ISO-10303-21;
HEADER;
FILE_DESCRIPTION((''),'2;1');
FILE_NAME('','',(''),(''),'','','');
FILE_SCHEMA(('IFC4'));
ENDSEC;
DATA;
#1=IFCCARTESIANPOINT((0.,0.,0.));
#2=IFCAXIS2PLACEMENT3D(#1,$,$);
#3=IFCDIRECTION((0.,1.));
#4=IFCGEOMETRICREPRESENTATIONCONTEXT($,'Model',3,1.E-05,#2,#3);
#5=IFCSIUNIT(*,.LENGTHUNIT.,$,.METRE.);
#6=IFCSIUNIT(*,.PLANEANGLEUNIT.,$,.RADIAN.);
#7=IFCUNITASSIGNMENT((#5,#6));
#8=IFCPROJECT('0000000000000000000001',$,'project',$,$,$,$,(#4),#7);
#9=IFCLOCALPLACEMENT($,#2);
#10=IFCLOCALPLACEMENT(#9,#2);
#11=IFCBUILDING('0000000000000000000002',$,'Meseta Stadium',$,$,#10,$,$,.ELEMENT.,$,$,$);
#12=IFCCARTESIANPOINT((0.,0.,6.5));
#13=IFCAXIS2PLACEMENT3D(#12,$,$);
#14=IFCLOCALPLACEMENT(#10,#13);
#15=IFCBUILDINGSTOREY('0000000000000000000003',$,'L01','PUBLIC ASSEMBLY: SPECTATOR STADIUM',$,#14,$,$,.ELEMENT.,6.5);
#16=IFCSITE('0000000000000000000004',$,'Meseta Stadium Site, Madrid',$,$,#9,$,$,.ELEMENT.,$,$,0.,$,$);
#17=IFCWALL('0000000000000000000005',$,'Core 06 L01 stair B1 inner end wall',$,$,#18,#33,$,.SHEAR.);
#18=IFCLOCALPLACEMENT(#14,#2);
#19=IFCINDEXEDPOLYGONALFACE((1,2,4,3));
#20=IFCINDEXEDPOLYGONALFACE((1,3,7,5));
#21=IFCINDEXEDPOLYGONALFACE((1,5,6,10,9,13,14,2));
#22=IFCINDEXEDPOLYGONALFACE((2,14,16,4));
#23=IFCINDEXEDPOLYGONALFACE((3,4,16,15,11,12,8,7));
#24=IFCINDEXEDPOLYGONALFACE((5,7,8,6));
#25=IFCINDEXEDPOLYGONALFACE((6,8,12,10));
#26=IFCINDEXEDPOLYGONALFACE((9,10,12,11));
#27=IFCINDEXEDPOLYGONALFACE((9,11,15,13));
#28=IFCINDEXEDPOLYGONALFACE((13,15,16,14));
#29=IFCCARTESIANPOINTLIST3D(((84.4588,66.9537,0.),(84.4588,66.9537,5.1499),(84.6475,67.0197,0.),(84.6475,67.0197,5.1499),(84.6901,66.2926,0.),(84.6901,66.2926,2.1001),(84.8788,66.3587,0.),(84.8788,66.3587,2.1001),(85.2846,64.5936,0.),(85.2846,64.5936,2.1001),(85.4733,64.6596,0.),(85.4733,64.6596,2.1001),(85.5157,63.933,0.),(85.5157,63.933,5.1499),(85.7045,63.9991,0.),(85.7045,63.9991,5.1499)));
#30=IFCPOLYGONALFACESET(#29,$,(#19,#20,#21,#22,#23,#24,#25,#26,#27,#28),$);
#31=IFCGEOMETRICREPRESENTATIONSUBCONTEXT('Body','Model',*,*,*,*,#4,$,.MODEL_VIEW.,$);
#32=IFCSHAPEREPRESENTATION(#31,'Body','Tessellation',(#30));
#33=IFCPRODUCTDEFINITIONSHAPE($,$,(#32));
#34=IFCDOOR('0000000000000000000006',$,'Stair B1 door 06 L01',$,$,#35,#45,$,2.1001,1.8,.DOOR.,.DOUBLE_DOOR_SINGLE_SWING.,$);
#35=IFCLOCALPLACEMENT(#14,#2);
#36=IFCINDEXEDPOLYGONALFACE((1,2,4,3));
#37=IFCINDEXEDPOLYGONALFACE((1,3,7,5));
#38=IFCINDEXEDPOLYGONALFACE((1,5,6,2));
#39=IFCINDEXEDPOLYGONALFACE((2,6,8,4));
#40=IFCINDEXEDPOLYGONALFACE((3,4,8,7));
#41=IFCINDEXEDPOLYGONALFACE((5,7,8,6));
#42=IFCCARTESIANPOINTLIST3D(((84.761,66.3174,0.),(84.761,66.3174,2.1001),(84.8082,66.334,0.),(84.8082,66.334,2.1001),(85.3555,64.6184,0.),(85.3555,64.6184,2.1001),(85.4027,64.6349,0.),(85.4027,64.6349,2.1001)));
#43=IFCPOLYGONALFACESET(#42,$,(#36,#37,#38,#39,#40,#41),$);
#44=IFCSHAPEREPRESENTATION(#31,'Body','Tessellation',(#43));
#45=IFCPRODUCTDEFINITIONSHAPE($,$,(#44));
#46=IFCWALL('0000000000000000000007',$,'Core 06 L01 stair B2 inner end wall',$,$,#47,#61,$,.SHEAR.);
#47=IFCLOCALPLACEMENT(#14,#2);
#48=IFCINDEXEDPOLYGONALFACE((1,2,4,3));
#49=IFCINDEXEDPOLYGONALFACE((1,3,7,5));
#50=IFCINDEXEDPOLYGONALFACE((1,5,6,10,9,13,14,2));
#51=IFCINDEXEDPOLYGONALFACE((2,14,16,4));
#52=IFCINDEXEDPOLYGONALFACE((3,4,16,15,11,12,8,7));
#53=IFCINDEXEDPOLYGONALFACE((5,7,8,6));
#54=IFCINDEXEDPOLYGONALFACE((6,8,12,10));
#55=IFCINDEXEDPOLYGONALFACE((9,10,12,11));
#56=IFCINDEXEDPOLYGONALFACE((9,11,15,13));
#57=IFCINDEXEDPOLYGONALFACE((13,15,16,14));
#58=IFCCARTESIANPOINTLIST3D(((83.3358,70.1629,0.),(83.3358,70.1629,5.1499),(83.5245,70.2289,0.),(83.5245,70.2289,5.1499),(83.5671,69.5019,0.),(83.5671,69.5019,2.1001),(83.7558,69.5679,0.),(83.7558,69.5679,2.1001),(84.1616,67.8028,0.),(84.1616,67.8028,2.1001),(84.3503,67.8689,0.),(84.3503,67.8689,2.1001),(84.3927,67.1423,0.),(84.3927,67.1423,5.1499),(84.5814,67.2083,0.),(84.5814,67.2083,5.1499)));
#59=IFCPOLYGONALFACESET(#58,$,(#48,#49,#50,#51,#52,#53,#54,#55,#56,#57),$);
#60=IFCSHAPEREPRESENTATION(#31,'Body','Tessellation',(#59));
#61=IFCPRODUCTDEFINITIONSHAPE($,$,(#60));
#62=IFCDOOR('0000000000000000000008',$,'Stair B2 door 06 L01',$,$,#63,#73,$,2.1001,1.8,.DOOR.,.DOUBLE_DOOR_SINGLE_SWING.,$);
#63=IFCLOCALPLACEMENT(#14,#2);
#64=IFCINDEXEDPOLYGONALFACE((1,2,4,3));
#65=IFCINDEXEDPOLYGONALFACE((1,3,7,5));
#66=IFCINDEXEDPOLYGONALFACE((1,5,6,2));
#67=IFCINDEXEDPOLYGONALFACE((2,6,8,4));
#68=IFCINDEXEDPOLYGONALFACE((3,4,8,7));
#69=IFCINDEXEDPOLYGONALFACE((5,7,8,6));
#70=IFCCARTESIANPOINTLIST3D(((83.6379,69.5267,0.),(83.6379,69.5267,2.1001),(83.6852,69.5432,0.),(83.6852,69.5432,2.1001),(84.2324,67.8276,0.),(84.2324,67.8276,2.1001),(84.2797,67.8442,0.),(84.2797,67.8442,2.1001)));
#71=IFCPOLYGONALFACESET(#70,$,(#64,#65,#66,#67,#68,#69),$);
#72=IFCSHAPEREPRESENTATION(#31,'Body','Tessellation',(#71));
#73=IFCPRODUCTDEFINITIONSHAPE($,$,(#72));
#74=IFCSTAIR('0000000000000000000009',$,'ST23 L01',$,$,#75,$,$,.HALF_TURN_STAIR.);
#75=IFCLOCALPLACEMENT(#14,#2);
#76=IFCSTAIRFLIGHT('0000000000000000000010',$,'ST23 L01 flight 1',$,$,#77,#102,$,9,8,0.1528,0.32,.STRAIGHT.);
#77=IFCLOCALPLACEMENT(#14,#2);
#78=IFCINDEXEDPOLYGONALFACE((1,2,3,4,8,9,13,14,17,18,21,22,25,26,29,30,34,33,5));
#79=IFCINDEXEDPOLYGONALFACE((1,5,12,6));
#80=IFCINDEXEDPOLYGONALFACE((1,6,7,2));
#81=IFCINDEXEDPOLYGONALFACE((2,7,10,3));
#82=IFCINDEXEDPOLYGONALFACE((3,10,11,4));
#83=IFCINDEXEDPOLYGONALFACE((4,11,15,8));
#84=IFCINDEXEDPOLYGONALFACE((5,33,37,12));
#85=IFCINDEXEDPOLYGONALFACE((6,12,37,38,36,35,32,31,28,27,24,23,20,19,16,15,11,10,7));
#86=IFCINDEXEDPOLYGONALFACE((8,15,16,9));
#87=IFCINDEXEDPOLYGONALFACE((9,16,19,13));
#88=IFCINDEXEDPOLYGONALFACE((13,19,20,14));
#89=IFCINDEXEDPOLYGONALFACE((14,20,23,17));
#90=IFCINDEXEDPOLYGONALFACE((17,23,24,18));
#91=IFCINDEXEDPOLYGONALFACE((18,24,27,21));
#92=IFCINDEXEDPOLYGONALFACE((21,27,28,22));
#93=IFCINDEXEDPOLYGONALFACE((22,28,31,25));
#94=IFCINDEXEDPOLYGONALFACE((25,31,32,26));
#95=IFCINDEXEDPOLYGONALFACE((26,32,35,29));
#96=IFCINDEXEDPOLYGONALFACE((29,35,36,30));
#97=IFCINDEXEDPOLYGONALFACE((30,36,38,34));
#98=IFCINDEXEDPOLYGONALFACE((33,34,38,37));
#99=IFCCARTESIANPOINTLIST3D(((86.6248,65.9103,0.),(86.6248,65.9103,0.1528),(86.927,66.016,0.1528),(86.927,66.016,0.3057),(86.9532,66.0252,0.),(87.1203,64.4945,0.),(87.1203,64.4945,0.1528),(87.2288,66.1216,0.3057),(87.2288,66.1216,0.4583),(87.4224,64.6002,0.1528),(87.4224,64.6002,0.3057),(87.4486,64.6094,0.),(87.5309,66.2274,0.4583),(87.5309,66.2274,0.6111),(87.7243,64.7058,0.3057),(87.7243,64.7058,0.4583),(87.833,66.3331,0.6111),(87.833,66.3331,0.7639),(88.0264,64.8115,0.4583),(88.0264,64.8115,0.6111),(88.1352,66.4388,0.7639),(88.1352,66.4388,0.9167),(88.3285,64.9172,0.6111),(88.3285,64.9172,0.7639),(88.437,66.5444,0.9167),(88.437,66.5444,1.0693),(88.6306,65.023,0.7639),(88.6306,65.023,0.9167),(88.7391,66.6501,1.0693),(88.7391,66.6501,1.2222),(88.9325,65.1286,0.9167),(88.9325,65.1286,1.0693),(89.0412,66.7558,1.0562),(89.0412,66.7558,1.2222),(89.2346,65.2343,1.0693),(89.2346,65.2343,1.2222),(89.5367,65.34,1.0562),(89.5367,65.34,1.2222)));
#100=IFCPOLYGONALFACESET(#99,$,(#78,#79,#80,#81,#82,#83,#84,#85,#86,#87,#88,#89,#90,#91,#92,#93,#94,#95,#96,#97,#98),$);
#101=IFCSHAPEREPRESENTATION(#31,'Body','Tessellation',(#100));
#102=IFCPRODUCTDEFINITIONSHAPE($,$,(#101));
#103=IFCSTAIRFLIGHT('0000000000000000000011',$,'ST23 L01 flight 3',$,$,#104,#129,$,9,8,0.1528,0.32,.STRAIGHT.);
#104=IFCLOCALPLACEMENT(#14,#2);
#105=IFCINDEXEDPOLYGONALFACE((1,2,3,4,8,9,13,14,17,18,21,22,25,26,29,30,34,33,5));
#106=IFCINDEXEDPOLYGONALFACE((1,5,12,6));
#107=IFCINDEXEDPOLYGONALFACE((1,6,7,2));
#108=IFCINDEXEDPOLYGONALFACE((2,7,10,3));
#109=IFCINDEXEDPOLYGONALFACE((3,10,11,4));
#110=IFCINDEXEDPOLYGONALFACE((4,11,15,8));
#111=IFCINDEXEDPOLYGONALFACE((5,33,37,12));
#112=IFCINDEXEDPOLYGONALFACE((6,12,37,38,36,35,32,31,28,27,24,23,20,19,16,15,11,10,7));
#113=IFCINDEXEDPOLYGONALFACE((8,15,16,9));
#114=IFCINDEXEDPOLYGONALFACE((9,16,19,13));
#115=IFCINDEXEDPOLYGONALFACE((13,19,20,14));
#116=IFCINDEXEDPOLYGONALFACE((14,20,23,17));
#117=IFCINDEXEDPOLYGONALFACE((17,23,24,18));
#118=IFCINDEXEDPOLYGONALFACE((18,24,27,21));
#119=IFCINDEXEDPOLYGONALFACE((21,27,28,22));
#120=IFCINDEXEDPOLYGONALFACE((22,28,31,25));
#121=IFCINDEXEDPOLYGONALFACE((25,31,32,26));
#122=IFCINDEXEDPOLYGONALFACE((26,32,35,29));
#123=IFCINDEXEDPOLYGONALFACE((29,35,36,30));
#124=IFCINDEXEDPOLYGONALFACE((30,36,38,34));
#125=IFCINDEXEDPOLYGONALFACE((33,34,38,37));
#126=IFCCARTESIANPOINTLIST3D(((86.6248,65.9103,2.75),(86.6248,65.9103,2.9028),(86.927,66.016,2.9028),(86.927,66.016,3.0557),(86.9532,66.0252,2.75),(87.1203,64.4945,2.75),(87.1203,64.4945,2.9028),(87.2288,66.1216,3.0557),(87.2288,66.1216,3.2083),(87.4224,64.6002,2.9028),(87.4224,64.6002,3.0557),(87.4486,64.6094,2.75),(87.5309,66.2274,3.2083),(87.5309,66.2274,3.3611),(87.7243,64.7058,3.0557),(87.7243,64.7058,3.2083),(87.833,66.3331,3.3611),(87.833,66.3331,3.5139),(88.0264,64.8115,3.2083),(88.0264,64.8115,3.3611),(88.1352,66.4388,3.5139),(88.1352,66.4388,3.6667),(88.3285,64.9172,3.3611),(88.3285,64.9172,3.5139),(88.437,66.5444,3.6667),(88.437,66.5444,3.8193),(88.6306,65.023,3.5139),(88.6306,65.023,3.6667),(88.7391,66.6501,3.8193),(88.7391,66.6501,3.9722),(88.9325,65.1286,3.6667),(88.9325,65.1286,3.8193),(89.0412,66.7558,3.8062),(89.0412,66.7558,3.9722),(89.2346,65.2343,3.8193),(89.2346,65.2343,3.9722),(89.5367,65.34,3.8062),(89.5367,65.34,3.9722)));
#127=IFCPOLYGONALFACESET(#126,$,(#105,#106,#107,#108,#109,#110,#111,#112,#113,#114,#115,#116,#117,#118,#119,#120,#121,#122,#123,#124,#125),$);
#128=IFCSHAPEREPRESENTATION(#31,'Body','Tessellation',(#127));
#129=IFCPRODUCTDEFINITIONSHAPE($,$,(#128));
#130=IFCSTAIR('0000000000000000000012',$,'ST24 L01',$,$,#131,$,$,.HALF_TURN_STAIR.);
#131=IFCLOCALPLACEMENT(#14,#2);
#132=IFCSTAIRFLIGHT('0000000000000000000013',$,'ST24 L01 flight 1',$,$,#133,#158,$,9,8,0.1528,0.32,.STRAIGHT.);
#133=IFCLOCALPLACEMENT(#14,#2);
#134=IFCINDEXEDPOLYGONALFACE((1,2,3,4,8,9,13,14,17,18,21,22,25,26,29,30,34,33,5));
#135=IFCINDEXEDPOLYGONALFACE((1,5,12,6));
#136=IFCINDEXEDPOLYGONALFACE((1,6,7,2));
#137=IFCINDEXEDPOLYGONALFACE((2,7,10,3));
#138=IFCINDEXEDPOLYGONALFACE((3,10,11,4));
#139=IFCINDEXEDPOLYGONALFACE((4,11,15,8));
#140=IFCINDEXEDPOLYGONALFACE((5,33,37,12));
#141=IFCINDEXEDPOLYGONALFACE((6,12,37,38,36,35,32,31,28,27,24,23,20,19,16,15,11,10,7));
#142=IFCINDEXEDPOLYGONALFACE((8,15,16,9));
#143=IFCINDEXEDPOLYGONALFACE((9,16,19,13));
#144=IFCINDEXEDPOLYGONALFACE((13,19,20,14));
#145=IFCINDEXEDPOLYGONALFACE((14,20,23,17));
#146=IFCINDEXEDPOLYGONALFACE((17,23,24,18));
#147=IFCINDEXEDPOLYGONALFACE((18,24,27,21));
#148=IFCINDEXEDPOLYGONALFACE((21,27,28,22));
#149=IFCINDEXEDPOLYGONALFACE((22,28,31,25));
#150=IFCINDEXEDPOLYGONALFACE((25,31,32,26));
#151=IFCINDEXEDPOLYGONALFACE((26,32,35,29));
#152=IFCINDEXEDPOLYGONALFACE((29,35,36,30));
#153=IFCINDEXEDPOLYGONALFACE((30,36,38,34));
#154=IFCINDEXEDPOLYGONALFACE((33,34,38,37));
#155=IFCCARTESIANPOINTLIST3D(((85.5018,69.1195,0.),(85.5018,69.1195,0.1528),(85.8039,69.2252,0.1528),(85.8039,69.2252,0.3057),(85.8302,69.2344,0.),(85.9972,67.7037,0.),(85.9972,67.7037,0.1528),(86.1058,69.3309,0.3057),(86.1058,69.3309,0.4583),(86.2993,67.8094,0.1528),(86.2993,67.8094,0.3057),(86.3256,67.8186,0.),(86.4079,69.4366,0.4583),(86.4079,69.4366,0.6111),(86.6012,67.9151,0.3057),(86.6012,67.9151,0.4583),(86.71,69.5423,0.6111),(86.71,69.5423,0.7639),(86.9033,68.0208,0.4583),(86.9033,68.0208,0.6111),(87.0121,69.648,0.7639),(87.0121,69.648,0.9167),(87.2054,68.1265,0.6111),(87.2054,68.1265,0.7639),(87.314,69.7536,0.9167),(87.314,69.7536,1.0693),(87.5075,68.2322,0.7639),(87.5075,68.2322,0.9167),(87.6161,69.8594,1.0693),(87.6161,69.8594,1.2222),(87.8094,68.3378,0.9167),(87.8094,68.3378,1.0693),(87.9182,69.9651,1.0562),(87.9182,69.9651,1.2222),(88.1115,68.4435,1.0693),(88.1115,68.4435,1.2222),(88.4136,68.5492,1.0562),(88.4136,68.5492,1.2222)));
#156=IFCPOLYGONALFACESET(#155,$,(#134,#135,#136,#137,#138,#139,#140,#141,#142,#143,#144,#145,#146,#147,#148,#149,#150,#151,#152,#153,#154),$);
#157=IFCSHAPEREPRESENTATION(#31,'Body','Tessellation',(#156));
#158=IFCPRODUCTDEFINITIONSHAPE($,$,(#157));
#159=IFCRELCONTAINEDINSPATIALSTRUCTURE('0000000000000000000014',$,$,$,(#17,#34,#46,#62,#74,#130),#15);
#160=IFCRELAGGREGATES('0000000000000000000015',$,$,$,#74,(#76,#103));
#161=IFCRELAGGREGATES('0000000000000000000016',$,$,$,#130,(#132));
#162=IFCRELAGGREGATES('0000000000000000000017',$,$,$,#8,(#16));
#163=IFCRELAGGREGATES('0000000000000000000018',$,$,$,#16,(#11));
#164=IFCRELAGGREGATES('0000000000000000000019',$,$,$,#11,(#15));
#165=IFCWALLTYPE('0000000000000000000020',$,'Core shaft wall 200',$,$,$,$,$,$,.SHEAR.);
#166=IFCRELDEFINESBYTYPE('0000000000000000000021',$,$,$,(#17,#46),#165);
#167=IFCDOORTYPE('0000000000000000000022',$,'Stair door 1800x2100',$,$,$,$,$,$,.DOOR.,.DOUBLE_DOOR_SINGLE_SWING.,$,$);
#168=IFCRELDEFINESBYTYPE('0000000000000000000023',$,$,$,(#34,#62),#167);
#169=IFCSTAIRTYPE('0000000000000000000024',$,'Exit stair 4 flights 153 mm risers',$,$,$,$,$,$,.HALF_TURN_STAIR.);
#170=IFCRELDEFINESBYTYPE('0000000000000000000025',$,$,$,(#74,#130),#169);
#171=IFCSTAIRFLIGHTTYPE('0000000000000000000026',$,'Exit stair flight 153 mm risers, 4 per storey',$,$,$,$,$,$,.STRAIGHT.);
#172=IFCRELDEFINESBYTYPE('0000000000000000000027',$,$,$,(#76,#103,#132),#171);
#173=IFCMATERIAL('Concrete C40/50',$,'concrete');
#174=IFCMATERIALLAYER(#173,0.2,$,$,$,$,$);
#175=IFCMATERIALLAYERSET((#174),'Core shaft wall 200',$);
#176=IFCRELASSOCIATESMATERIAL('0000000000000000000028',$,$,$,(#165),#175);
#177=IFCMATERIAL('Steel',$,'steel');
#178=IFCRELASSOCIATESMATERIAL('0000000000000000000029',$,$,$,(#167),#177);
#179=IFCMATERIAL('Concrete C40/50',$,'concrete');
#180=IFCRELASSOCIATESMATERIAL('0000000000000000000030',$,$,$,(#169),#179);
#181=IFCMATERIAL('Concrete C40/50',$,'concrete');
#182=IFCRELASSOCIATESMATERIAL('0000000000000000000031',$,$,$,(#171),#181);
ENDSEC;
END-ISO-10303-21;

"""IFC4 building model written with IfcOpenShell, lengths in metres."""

from ifc_helpers import new_model, si_unit, direction, frame, frame_2d, origin, place, context, subcontext, project, spatial, polyline, rectangle, outline, extrude, material, layer, layer_set, type_object, element, fill, aggregate, save


model = new_model("IFC4")

# Units and contexts
model_context = context("Model", 3, precision=1e-05, world=origin(), true_north=direction((0.0, 1.0)))
body_context = subcontext(model_context, "Body", "Model", "MODEL_VIEW")
ifc_project = project(units=[si_unit("LENGTHUNIT", "METRE"), si_unit("PLANEANGLEUNIT", "RADIAN")], contexts=[model_context])

# Site, building, storey
site_placement = place(None, origin())
site = spatial("IfcSite", under=ifc_project, at=site_placement, Name="Meseta Stadium Site, Madrid", CompositionType="ELEMENT", RefElevation=0.0)
building_placement = place(site_placement, origin())
building = spatial("IfcBuilding", under=site, at=building_placement, Name="Meseta Stadium", CompositionType="ELEMENT")
storey_placement = place(building_placement, frame((0.0, 0.0, 6.5)))
storey = spatial("IfcBuildingStorey", under=building, at=storey_placement, Name="L01", Description="PUBLIC ASSEMBLY: SPECTATOR STADIUM", CompositionType="ELEMENT", Elevation=6.5)

# Walls, openings, doors
ifc_material_1 = material(Name="Concrete C40/50", Category="concrete")
ifc_layer = layer(ifc_material_1, 0.2)
ifc_layer_set = layer_set([ifc_layer], Name="Core shaft wall 200")
wall_type = type_object("IfcWallType", Name="Core shaft wall 200", PredefinedType="SHEAR", material=ifc_layer_set)
wall_1_placement = place(storey_placement, frame((85.6101, 63.9661, 0.0), z_axis=(0.0, 0.0, 1.0), x_axis=(-0.330269, 0.943887, 0.0)))
wall_1 = element("IfcWall", 1, at=wall_1_placement, inside=storey, type_object=wall_type, Name="Core 06 L01 stair B1 inner end wall", PredefinedType="SHEAR", context=body_context, shape_type="SweptSolid", body=[
    extrude(rectangle(XDim=3.2002, YDim=0.2, at=frame_2d((1.6001, 0.0))), origin(), (0.0, 0.0, 1.0), 5.1499),
])
opening_1_placement = place(wall_1_placement, frame((0.7, 0.0, 0.0)))
opening_1 = element("IfcOpeningElement", 2, at=opening_1_placement, cuts=wall_1, PredefinedType="OPENING", context=body_context, shape_type="SweptSolid", body=[
    extrude(rectangle(XDim=1.8, YDim=2.1001, at=frame_2d((0.8999, 1.05))), frame((0.0, 0.1099, 0.0), z_axis=(0.0, -1.0, 0.0), x_axis=(1.0, 0.0, 0.0)), (0.0, 0.0, 1.0), 0.22),
])
ifc_material_2 = material(Name="Steel", Category="steel")
door_type = type_object("IfcDoorType", Name="Stair door 1800x2100", OperationType="DOUBLE_DOOR_SINGLE_SWING", PredefinedType="DOOR", material=ifc_material_2)
door_1_placement = place(opening_1_placement, origin())
door_1 = element("IfcDoor", 3, at=door_1_placement, inside=storey, type_object=door_type, Name="Stair B1 door 06 L01", OperationType="DOUBLE_DOOR_SINGLE_SWING", OverallHeight=2.1001, OverallWidth=1.8, PredefinedType="DOOR", context=body_context, shape_type="SweptSolid", body=[
    extrude(rectangle(XDim=1.8, YDim=2.1001, at=frame_2d((0.8999, 1.05))), frame((0.0, 0.0249, 0.0), z_axis=(0.0, -1.0, 0.0), x_axis=(1.0, 0.0, 0.0)), (0.0, 0.0, 1.0), 0.05),
])
fill(opening_1, door_1)
wall_2_placement = place(storey_placement, frame((84.4871, 67.1753, 0.0), z_axis=(0.0, 0.0, 1.0), x_axis=(-0.330269, 0.943887, 0.0)))
wall_2 = element("IfcWall", 4, at=wall_2_placement, inside=storey, type_object=wall_type, Name="Core 06 L01 stair B2 inner end wall", PredefinedType="SHEAR", context=body_context, shape_type="SweptSolid", body=[
    extrude(rectangle(XDim=3.2002, YDim=0.2, at=frame_2d((1.6001, 0.0))), origin(), (0.0, 0.0, 1.0), 5.1499),
])
opening_2_placement = place(wall_2_placement, frame((0.7, 0.0, 0.0)))
opening_2 = element("IfcOpeningElement", 5, at=opening_2_placement, cuts=wall_2, PredefinedType="OPENING", context=body_context, shape_type="SweptSolid", body=[
    extrude(rectangle(XDim=1.8, YDim=2.1001, at=frame_2d((0.8999, 1.05))), frame((0.0, 0.1099, 0.0), z_axis=(0.0, -1.0, 0.0), x_axis=(1.0, 0.0, 0.0)), (0.0, 0.0, 1.0), 0.22),
])
door_2_placement = place(opening_2_placement, origin())
door_2 = element("IfcDoor", 6, at=door_2_placement, inside=storey, type_object=door_type, Name="Stair B2 door 06 L01", OperationType="DOUBLE_DOOR_SINGLE_SWING", OverallHeight=2.1001, OverallWidth=1.8, PredefinedType="DOOR", context=body_context, shape_type="SweptSolid", body=[
    extrude(rectangle(XDim=1.8, YDim=2.1001, at=frame_2d((0.8999, 1.05))), frame((0.0, 0.0249, 0.0), z_axis=(0.0, -1.0, 0.0), x_axis=(1.0, 0.0, 0.0)), (0.0, 0.0, 1.0), 0.05),
])
fill(opening_2, door_2)

# Stairs, stair flights
ifc_material_3 = material(Name="Concrete C40/50", Category="concrete")
stair_type = type_object("IfcStairType", Name="Exit stair 4 flights 153 mm risers", PredefinedType="HALF_TURN_STAIR", material=ifc_material_3)
stair_1_placement = place(storey_placement, origin())
stair_1 = element("IfcStair", 7, at=stair_1_placement, inside=storey, type_object=stair_type, Name="ST23 L01", PredefinedType="HALF_TURN_STAIR")
ifc_material_4 = material(Name="Concrete C40/50", Category="concrete")
stair_flight_type = type_object("IfcStairFlightType", Name="Exit stair flight 153 mm risers, 4 per storey", PredefinedType="STRAIGHT", material=ifc_material_4)
stair_flight_1_placement = place(storey_placement, frame((86.8726, 65.2024, 0.0), z_axis=(0.0, 0.0, 1.0), x_axis=(0.943883, 0.330279, 0.0)))
stair_flight_1 = element("IfcStairFlight", 8, at=stair_flight_1_placement, type_object=stair_flight_type, Name="ST23 L01 flight 1", NumberOfRisers=9, NumberOfTreads=8, PredefinedType="STRAIGHT", RiserHeight=0.1528, TreadLength=0.32, context=body_context, shape_type="SweptSolid", body=[
    extrude(outline(polyline([(0.0, 0.0), (0.0, 0.1528), (0.3201, 0.1528), (0.3201, 0.3057), (0.6399, 0.3057), (0.6399, 0.4583), (0.96, 0.4583), (0.96, 0.6111), (1.28, 0.6111), (1.28, 0.7639), (1.6001, 0.7639), (1.6001, 0.9167), (1.9199, 0.9167), (1.9199, 1.0693), (2.24, 1.0693), (2.24, 1.2222), (2.5601, 1.2222), (2.5601, 1.0562), (0.3479, 0.0), (0.0, 0.0)])), frame((0.0, 0.75, 0.0), z_axis=(0.0, -1.0, 0.0), x_axis=(1.0, 0.0, 0.0)), (0.0, 0.0, 1.0), 1.5),
])
stair_flight_2_placement = place(storey_placement, frame((86.8726, 65.2024, 2.75), z_axis=(0.0, 0.0, 1.0), x_axis=(0.943883, 0.330279, 0.0)))
stair_flight_2 = element("IfcStairFlight", 9, at=stair_flight_2_placement, type_object=stair_flight_type, Name="ST23 L01 flight 3", NumberOfRisers=9, NumberOfTreads=8, PredefinedType="STRAIGHT", RiserHeight=0.1528, TreadLength=0.32, context=body_context, shape_type="SweptSolid", body=[
    extrude(outline(polyline([(0.0, 0.0), (0.0, 0.1528), (0.3201, 0.1528), (0.3201, 0.3057), (0.6399, 0.3057), (0.6399, 0.4583), (0.96, 0.4583), (0.96, 0.6111), (1.28, 0.6111), (1.28, 0.7639), (1.6001, 0.7639), (1.6001, 0.9167), (1.9199, 0.9167), (1.9199, 1.0693), (2.24, 1.0693), (2.24, 1.2222), (2.5601, 1.2222), (2.5601, 1.0562), (0.3479, 0.0), (0.0, 0.0)])), frame((0.0, 0.75, 0.0), z_axis=(0.0, -1.0, 0.0), x_axis=(1.0, 0.0, 0.0)), (0.0, 0.0, 1.0), 1.5),
])
aggregate(stair_1, [stair_flight_1, stair_flight_2])
stair_2_placement = place(storey_placement, origin())
stair_2 = element("IfcStair", 10, at=stair_2_placement, inside=storey, type_object=stair_type, Name="ST24 L01", PredefinedType="HALF_TURN_STAIR")
stair_flight_3_placement = place(storey_placement, frame((85.7495, 68.4116, 0.0), z_axis=(0.0, 0.0, 1.0), x_axis=(0.943883, 0.330279, 0.0)))
stair_flight_3 = element("IfcStairFlight", 11, at=stair_flight_3_placement, type_object=stair_flight_type, Name="ST24 L01 flight 1", NumberOfRisers=9, NumberOfTreads=8, PredefinedType="STRAIGHT", RiserHeight=0.1528, TreadLength=0.32, context=body_context, shape_type="SweptSolid", body=[
    extrude(outline(polyline([(0.0, 0.0), (0.0, 0.1528), (0.3201, 0.1528), (0.3201, 0.3057), (0.6399, 0.3057), (0.6399, 0.4583), (0.96, 0.4583), (0.96, 0.6111), (1.28, 0.6111), (1.28, 0.7639), (1.6001, 0.7639), (1.6001, 0.9167), (1.9199, 0.9167), (1.9199, 1.0693), (2.24, 1.0693), (2.24, 1.2222), (2.5601, 1.2222), (2.5601, 1.0562), (0.3479, 0.0), (0.0, 0.0)])), frame((0.0, 0.75, 0.0), z_axis=(0.0, -1.0, 0.0), x_axis=(1.0, 0.0, 0.0)), (0.0, 0.0, 1.0), 1.5),
])
aggregate(stair_2, [stair_flight_3])

save(model, "model.ifc")
